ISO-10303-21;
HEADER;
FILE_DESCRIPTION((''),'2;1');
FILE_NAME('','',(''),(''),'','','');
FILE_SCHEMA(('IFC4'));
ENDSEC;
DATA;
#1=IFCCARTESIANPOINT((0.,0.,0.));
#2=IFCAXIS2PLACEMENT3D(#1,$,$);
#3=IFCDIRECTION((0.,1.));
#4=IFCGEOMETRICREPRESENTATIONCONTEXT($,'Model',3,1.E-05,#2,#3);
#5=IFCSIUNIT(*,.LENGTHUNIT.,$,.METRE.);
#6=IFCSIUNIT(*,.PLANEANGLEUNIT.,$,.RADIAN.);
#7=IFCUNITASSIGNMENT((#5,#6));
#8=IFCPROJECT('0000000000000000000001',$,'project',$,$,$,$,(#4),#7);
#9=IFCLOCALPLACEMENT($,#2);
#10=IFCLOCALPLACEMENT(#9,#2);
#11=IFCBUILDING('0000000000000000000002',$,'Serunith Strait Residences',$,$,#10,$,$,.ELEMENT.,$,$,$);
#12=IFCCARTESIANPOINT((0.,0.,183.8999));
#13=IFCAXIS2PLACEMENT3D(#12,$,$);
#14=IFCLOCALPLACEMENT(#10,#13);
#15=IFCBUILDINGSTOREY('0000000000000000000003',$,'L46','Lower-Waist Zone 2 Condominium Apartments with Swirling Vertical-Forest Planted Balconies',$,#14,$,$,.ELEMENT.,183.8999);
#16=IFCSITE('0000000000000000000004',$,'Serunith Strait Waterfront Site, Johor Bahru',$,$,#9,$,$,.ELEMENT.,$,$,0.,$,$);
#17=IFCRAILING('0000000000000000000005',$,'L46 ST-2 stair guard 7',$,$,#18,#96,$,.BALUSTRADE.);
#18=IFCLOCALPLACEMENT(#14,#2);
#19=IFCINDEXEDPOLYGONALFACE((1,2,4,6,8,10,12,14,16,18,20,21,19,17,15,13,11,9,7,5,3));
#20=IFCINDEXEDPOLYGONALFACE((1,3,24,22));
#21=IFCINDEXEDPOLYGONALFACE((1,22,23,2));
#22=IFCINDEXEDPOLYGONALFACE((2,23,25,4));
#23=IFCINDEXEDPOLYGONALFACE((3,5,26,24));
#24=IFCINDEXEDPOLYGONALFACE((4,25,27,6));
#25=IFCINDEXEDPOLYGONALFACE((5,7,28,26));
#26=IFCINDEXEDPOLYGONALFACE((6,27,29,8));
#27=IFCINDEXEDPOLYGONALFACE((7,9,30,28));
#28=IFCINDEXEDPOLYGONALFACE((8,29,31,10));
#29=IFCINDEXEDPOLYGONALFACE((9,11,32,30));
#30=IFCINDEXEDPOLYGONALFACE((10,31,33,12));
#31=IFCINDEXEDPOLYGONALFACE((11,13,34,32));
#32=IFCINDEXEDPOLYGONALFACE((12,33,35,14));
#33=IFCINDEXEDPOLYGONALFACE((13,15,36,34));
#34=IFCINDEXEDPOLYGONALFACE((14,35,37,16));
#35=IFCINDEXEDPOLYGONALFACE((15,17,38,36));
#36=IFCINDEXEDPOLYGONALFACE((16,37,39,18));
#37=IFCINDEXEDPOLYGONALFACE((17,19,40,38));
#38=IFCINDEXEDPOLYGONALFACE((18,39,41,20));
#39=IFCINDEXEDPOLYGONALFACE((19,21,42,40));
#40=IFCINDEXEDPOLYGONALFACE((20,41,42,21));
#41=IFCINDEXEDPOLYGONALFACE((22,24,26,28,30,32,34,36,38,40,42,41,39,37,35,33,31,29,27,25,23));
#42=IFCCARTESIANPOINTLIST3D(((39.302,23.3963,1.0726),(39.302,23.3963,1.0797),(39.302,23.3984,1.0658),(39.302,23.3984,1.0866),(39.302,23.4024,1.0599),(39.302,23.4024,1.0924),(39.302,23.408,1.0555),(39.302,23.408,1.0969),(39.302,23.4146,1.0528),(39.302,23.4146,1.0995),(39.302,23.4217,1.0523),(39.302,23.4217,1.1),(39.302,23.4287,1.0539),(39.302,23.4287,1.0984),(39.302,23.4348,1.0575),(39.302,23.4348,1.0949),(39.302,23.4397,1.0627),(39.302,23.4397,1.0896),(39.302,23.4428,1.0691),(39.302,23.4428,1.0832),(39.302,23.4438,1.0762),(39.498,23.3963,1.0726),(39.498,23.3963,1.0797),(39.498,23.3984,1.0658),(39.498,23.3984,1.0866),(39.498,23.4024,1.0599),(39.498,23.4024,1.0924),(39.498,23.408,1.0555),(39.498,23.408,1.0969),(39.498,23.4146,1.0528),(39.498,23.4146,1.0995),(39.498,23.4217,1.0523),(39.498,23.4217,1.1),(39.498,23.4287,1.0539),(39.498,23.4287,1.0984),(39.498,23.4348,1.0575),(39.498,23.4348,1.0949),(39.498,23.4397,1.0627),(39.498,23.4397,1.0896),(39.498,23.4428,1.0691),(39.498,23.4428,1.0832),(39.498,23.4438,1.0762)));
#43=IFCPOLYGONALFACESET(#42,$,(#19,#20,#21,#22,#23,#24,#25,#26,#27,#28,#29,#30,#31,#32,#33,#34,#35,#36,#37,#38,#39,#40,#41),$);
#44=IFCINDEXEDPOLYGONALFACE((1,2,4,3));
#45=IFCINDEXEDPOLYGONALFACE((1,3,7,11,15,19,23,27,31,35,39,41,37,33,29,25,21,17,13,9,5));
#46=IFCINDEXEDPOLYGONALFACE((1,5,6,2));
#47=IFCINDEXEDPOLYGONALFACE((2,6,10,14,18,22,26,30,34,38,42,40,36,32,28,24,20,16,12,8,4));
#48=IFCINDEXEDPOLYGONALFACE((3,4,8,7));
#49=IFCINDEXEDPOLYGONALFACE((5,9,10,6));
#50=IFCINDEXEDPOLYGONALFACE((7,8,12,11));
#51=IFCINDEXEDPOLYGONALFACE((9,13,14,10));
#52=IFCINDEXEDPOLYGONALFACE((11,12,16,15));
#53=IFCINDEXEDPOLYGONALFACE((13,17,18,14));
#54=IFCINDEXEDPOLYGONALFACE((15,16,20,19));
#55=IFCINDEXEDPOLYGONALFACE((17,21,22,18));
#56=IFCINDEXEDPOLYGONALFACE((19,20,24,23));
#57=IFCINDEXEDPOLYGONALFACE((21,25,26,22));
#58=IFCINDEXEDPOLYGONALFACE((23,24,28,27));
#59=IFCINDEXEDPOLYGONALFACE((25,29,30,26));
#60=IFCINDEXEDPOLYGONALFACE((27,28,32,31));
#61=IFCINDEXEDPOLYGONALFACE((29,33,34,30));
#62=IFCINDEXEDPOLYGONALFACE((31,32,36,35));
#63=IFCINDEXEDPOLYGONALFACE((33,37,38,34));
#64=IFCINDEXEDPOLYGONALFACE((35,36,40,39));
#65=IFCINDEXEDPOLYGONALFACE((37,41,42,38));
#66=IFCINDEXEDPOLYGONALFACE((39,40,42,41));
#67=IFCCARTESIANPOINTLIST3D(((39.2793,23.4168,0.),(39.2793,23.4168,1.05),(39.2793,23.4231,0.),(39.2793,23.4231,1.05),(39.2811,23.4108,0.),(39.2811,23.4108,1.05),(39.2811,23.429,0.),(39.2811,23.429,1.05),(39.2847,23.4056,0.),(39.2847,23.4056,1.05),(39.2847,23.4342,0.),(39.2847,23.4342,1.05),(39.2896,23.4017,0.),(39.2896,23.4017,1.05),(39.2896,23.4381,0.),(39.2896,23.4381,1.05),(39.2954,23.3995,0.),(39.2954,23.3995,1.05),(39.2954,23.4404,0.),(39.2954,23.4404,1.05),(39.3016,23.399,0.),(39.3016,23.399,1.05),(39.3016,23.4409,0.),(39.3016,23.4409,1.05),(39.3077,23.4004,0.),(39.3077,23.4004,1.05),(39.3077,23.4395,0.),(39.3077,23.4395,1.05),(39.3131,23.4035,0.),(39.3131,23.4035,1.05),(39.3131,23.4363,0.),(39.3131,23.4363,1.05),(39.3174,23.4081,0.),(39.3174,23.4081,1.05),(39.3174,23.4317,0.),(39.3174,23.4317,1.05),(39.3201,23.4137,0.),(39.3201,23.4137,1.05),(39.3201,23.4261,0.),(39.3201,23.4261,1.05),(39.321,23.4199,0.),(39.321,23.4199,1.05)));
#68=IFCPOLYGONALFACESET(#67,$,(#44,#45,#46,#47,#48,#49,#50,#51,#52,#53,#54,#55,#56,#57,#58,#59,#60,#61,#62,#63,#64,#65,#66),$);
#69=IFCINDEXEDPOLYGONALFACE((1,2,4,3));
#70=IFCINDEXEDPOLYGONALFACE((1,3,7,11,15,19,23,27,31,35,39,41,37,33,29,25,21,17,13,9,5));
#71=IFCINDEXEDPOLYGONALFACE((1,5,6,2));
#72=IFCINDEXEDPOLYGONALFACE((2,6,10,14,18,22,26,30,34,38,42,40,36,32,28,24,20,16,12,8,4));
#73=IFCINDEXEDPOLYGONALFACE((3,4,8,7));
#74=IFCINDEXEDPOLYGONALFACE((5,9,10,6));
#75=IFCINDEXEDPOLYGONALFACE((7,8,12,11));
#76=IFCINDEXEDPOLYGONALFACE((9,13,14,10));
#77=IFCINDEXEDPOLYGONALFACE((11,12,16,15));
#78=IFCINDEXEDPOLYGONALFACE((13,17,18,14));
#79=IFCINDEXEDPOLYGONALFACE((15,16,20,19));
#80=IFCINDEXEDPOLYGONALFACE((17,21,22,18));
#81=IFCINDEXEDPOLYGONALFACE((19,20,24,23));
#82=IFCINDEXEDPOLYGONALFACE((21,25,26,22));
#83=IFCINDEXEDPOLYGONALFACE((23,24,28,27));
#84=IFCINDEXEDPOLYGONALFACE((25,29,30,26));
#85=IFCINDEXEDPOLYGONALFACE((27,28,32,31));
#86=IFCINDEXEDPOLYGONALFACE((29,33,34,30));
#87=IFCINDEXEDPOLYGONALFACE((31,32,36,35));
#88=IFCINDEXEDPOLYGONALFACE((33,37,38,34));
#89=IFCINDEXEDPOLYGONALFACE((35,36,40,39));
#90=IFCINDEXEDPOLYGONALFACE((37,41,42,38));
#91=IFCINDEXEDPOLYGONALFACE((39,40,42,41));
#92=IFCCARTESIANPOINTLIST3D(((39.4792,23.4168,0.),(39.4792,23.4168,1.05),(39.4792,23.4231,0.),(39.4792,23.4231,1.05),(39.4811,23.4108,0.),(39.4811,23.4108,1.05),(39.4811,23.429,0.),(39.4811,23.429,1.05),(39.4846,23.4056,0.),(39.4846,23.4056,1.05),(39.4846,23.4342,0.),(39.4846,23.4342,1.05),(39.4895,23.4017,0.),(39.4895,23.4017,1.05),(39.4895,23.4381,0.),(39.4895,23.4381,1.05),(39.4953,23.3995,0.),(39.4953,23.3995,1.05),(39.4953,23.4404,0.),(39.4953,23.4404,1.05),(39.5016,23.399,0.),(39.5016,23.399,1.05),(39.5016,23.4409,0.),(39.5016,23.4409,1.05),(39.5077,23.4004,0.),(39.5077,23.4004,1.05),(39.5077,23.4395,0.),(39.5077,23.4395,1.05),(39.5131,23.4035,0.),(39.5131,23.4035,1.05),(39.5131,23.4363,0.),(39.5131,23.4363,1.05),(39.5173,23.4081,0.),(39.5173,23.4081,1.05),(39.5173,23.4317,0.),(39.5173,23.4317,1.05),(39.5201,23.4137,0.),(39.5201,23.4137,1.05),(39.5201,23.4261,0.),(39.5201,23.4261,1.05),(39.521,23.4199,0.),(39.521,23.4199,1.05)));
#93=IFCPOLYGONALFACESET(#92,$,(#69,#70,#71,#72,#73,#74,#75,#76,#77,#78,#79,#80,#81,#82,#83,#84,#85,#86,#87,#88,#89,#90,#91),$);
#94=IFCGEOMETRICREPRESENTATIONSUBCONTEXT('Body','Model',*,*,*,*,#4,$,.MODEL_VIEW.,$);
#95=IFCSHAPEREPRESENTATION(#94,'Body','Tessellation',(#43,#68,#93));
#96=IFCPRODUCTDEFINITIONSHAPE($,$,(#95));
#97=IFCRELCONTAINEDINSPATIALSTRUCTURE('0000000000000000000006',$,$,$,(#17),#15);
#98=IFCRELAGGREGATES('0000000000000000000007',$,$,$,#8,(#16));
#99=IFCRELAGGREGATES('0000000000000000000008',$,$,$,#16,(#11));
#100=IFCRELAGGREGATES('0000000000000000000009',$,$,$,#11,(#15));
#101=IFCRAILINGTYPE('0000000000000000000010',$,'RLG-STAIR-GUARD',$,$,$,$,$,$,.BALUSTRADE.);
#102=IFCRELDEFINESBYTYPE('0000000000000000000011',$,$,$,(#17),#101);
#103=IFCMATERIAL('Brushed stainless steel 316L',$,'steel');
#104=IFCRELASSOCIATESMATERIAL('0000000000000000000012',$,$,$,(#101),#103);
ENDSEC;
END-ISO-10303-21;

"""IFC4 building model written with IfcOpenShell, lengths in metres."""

from ifc_helpers import new_model, si_unit, direction, frame, origin, origin_2d, place, context, subcontext, project, spatial, circle, extrude, material, type_object, element, save


model = new_model("IFC4")

# Units and contexts
model_context = context("Model", 3, precision=1e-05, world=origin(), true_north=direction((0.0, 1.0)))
body_context = subcontext(model_context, "Body", "Model", "MODEL_VIEW")
ifc_project = project(units=[si_unit("LENGTHUNIT", "METRE"), si_unit("PLANEANGLEUNIT", "RADIAN")], contexts=[model_context])

# Site, building, storey
site_placement = place(None, origin())
site = spatial("IfcSite", under=ifc_project, at=site_placement, Name="Serunith Strait Waterfront Site, Johor Bahru", CompositionType="ELEMENT", RefElevation=0.0)
building_placement = place(site_placement, origin())
building = spatial("IfcBuilding", under=site, at=building_placement, Name="Serunith Strait Residences", CompositionType="ELEMENT")
storey_placement = place(building_placement, frame((0.0, 0.0, 183.8999)))
storey = spatial("IfcBuildingStorey", under=building, at=storey_placement, Name="L46", Description="Lower-Waist Zone 2 Condominium Apartments with Swirling Vertical-Forest Planted Balconies", CompositionType="ELEMENT", Elevation=183.8999)

# Railing
ifc_material_1 = material(Name="Brushed stainless steel 316L", Category="steel")
railing_type_1 = type_object("IfcRailingType", Name="RLG-STAIR-GUARD", PredefinedType="BALUSTRADE", material=ifc_material_1)
railing_1_placement = place(storey_placement, frame((39.3, 23.4199, 0.0)))
element("IfcRailing", 1, at=railing_1_placement, inside=storey, type_object=railing_type_1, Name="L46 ST-2 stair guard 7", PredefinedType="BALUSTRADE", context=body_context, shape_type="SweptSolid", body=[
    extrude(circle(Radius=0.0239, at=origin_2d()), frame((0.002, 0.0, 1.0762), z_axis=(1.0, 0.0, 0.0), x_axis=(0.0, 1.0, 0.0)), (0.0, 0.0, 1.0), 0.196),
    extrude(circle(Radius=0.021, at=origin_2d()), origin(), (0.0, 0.0, 1.0), 1.05),
    extrude(circle(Radius=0.021, at=origin_2d()), frame((0.2, 0.0, 0.0)), (0.0, 0.0, 1.0), 1.05),
])

save(model, "model.ifc")
